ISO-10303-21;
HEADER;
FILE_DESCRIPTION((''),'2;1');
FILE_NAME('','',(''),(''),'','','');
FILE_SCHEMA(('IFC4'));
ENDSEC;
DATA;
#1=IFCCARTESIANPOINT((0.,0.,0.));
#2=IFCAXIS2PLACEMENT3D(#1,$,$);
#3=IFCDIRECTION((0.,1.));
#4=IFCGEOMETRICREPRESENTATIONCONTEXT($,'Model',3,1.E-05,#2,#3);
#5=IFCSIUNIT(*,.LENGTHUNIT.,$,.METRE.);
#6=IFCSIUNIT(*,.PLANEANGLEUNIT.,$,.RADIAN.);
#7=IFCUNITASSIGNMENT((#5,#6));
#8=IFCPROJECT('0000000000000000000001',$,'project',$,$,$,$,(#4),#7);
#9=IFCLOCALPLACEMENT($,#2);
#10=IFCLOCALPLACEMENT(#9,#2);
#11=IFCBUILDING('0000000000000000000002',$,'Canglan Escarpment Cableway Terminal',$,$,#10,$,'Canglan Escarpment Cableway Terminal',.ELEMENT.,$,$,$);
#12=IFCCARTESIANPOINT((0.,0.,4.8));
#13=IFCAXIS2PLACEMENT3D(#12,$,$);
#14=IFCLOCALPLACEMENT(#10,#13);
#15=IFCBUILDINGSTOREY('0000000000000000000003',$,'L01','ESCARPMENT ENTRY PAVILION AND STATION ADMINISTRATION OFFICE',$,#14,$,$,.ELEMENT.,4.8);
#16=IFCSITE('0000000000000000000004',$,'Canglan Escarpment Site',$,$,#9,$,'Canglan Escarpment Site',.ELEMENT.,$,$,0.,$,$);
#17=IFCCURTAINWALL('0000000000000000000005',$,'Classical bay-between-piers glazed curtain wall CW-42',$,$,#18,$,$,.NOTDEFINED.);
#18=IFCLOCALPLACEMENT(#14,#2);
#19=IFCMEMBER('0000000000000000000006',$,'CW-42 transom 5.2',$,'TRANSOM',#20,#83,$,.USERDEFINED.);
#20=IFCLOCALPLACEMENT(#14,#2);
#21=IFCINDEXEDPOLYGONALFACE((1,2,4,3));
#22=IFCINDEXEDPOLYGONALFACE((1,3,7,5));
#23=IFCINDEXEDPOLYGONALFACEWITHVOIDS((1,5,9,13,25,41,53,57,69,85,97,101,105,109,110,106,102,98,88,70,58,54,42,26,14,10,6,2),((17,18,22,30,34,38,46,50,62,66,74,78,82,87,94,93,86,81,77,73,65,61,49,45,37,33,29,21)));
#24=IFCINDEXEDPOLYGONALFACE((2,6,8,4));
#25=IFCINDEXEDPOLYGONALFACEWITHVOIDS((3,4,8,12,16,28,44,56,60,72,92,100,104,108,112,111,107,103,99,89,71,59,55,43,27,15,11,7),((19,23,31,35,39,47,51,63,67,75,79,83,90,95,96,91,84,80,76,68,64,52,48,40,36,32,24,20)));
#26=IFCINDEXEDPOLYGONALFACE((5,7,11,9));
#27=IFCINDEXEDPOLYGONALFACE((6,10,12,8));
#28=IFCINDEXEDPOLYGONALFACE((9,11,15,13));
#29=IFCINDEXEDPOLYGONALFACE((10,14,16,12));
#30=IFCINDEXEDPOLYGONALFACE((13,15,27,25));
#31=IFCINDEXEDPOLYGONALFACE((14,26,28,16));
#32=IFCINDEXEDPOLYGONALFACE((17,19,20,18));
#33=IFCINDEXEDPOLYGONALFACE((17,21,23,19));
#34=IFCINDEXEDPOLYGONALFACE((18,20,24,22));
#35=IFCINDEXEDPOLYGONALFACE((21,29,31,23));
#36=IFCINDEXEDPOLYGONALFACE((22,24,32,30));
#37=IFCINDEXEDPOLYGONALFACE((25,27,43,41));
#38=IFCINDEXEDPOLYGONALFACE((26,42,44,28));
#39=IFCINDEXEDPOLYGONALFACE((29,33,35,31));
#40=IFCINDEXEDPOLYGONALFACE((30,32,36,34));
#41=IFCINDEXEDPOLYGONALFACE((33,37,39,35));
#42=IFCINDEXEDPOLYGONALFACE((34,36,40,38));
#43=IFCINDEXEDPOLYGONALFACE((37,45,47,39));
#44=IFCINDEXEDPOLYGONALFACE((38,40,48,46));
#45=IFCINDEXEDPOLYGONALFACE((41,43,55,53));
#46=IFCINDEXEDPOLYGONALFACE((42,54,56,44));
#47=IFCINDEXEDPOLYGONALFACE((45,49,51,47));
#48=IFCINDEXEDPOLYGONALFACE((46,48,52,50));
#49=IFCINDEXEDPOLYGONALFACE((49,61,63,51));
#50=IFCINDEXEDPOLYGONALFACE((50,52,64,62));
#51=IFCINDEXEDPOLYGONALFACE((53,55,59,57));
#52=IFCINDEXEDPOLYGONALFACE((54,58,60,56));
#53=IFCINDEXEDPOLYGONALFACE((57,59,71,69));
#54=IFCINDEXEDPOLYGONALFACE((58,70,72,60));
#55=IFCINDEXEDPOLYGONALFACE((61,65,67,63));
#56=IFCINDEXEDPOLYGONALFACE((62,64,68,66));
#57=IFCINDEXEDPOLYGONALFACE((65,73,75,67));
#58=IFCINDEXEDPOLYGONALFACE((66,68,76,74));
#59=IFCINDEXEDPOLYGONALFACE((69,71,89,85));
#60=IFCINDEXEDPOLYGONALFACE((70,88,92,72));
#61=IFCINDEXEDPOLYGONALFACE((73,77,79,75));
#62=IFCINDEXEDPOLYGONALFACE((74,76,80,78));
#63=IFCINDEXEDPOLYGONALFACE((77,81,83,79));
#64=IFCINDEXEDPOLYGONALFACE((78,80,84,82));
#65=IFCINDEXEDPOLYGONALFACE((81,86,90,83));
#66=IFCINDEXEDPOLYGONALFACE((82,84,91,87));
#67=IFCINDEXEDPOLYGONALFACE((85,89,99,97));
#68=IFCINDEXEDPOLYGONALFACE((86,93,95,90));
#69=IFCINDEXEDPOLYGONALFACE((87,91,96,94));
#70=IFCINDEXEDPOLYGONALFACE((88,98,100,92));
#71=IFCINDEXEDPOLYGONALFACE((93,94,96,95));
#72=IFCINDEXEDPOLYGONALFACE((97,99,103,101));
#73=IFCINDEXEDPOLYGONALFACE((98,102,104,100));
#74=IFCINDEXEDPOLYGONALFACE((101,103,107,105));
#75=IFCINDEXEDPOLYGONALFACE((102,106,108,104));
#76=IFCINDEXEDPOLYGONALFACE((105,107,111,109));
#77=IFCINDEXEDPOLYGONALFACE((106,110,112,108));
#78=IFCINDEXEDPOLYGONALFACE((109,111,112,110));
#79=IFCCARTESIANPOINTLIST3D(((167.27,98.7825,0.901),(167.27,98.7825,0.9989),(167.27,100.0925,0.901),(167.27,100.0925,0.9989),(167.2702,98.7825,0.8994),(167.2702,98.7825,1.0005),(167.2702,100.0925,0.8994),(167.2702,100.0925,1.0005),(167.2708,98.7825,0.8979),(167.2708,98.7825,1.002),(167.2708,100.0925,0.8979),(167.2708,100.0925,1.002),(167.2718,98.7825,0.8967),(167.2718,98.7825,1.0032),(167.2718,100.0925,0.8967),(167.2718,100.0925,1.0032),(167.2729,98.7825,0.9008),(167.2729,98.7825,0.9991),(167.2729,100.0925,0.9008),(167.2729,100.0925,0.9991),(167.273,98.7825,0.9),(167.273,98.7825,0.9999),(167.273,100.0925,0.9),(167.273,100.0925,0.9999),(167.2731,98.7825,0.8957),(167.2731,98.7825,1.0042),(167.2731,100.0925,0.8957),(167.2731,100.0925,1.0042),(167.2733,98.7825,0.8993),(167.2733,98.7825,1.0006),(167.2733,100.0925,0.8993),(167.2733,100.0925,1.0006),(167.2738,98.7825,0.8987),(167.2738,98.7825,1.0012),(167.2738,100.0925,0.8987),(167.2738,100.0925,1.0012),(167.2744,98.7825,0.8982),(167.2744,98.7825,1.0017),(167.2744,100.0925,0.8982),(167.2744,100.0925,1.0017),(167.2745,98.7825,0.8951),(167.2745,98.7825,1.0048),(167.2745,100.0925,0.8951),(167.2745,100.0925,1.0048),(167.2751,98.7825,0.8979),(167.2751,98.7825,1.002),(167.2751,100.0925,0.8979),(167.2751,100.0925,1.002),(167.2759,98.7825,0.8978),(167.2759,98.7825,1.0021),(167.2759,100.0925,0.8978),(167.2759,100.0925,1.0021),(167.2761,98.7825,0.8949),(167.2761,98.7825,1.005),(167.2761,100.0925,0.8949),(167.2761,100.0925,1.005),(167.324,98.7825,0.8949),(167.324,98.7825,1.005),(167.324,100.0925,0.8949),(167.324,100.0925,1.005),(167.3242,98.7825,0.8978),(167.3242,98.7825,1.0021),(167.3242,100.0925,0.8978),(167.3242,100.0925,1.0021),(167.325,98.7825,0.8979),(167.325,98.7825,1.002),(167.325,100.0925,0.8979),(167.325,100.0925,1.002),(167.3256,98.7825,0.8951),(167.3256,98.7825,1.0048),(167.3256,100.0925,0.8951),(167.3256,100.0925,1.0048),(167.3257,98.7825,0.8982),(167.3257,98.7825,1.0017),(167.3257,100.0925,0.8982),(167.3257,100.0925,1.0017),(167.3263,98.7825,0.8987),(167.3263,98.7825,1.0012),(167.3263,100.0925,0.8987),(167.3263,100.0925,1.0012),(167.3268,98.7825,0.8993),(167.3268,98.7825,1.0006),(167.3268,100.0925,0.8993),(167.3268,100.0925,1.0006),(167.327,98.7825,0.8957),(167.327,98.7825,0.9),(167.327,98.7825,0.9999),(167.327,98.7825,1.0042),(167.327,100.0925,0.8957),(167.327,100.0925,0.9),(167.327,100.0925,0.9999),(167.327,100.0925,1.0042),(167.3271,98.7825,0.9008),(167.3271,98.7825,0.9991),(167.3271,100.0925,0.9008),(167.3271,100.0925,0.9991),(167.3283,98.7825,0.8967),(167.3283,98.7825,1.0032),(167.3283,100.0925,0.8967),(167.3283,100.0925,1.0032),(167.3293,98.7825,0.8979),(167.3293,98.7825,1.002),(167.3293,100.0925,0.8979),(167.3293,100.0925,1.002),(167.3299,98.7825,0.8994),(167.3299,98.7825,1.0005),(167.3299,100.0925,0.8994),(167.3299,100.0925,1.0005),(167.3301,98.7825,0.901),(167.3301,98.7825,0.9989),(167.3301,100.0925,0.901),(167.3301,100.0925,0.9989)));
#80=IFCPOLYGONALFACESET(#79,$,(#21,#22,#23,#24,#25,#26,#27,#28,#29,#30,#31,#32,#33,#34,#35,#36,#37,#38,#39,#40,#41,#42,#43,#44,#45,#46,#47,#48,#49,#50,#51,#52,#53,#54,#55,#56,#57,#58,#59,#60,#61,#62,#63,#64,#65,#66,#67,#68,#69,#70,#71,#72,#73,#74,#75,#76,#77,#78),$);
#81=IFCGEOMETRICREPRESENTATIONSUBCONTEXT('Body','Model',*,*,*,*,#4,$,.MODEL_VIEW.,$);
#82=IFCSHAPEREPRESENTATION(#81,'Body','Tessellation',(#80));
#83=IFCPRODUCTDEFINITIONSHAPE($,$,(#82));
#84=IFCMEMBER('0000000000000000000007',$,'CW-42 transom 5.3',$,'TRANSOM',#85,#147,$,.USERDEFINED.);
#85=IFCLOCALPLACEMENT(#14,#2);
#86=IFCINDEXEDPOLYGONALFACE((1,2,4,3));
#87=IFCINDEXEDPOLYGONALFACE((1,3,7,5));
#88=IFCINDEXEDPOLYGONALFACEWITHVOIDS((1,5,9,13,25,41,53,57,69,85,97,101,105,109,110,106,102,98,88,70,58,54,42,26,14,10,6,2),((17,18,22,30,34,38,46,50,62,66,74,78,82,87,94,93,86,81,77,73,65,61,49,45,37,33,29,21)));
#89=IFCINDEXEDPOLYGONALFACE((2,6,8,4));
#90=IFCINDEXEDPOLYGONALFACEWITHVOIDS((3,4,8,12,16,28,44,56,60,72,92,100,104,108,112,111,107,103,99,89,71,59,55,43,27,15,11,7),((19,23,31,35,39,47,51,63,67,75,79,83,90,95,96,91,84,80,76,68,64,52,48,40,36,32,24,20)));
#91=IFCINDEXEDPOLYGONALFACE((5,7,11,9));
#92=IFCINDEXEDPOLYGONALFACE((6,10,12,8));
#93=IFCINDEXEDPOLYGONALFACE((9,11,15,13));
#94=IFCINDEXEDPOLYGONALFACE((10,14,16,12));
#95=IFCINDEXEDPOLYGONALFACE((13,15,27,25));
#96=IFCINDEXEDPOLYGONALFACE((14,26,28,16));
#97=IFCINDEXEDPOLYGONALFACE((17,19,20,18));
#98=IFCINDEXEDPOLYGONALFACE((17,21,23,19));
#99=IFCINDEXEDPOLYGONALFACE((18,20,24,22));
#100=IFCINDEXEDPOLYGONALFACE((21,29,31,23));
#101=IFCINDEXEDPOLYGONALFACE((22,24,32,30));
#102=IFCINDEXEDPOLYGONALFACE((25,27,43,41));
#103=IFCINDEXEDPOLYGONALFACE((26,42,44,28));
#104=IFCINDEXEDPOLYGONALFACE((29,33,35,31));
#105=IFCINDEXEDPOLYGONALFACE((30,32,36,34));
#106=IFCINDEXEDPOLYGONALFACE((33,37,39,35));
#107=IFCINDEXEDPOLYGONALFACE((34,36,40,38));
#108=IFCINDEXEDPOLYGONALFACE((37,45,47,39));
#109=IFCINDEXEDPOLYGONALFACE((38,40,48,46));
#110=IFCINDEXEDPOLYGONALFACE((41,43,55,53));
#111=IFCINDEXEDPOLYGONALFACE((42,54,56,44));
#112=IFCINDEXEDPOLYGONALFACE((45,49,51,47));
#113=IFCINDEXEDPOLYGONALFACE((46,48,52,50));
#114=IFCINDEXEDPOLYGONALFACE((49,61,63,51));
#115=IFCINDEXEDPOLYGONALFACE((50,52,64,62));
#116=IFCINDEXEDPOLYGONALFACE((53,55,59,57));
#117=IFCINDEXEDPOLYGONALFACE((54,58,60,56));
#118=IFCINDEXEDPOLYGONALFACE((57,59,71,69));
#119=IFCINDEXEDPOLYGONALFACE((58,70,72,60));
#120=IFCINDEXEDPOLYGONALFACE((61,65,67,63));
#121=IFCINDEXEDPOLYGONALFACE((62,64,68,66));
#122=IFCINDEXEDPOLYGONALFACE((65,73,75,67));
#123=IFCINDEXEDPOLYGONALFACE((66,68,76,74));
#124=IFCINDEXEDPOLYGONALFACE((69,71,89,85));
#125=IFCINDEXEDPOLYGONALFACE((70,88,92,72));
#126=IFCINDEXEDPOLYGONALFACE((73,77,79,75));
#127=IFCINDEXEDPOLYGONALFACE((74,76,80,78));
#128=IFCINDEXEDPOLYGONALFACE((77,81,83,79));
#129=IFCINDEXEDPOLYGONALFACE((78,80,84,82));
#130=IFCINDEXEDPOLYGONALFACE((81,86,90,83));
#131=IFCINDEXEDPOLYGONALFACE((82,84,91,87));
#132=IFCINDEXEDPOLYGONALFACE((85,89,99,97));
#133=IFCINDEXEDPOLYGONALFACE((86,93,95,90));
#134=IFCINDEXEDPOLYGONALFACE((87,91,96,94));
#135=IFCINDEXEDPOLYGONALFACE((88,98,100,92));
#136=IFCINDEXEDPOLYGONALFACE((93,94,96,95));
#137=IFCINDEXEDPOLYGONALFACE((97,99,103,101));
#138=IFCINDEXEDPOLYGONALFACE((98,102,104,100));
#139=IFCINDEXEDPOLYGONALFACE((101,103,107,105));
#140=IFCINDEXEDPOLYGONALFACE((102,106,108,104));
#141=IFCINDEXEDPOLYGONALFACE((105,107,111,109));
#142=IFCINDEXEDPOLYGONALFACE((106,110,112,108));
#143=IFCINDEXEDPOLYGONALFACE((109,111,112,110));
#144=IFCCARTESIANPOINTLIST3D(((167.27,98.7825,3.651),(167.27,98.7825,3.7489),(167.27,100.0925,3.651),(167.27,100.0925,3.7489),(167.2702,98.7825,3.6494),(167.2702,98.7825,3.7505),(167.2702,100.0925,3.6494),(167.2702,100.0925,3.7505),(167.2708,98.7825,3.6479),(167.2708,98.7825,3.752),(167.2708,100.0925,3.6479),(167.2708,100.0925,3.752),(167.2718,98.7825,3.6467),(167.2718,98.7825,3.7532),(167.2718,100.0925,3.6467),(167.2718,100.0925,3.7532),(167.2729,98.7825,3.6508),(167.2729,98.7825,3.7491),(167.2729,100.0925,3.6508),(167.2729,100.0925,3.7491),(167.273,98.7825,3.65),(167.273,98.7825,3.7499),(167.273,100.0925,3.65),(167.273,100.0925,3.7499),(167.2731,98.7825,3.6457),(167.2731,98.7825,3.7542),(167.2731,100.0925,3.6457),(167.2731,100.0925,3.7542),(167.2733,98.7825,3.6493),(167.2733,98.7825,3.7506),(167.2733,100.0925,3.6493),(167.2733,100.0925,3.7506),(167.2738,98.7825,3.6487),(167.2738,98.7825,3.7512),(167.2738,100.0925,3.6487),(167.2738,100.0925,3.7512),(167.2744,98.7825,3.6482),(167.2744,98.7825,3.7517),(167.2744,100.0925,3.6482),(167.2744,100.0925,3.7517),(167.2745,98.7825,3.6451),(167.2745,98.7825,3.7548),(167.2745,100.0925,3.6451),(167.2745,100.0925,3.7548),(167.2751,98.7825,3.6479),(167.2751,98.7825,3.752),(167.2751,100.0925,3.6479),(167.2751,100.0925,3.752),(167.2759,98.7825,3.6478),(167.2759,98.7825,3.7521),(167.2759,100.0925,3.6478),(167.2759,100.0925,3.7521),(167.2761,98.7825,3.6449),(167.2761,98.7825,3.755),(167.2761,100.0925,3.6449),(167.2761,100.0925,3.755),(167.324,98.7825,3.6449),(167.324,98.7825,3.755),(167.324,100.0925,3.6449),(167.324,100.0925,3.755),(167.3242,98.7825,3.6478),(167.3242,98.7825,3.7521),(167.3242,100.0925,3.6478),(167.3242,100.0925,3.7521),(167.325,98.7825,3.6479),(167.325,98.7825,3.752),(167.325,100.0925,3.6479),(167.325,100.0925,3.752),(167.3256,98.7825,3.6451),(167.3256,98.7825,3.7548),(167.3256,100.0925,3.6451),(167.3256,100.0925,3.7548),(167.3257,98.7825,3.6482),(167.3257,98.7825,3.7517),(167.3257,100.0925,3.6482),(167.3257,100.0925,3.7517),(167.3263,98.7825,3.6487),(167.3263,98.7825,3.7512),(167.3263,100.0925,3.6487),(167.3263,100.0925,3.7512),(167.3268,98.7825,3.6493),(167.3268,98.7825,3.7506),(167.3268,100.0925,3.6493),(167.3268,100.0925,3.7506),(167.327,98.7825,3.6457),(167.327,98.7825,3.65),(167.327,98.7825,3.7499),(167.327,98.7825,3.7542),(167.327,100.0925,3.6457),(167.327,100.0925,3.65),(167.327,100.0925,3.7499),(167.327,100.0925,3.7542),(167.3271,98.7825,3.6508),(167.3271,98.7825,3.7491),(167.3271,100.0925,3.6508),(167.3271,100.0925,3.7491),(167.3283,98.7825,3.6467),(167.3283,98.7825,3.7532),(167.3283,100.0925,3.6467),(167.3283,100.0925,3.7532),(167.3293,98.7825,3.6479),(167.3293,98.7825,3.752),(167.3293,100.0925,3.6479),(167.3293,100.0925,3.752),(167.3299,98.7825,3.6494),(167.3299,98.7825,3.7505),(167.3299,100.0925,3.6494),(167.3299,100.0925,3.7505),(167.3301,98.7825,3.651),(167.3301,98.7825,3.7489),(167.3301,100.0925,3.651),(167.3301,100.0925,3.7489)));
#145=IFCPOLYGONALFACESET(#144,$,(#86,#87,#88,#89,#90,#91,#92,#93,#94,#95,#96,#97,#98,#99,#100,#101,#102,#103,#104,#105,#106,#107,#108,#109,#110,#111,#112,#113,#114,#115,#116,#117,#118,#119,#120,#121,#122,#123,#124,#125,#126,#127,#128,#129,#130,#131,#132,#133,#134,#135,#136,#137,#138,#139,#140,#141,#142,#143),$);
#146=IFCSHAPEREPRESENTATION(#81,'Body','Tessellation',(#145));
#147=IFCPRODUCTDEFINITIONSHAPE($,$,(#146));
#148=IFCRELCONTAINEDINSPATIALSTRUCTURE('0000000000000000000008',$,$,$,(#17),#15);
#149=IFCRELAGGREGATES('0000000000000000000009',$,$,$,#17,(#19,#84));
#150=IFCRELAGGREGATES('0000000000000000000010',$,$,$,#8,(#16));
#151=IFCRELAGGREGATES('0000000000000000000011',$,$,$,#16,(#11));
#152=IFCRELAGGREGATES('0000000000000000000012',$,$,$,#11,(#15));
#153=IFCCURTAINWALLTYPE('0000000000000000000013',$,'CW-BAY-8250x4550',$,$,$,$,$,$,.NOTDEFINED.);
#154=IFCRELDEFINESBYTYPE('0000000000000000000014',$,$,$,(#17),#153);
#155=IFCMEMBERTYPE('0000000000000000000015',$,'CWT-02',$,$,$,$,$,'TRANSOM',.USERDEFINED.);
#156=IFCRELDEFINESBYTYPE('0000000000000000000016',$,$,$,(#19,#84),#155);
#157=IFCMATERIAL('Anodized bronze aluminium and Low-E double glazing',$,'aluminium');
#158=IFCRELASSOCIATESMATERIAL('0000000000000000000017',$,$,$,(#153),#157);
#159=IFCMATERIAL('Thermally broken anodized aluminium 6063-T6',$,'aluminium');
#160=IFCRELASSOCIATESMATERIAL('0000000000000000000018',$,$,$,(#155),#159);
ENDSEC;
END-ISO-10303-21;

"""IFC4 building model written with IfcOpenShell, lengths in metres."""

from ifc_helpers import new_model, si_unit, direction, frame, origin, origin_2d, place, context, subcontext, project, spatial, hollow_rectangle, extrude, material, material_profile, profile_set, type_object, element, aggregate, save


model = new_model("IFC4")

# Units and contexts
model_context = context("Model", 3, precision=1e-05, world=origin(), true_north=direction((0.0, 1.0)))
body_context = subcontext(model_context, "Body", "Model", "MODEL_VIEW")
ifc_project = project(units=[si_unit("LENGTHUNIT", "METRE"), si_unit("PLANEANGLEUNIT", "RADIAN")], contexts=[model_context])

# Site, building, storey
site_placement = place(None, origin())
site = spatial("IfcSite", under=ifc_project, at=site_placement, Name="Canglan Escarpment Site", LongName="Canglan Escarpment Site", CompositionType="ELEMENT", RefElevation=0.0)
building_placement = place(site_placement, origin())
building = spatial("IfcBuilding", under=site, at=building_placement, Name="Canglan Escarpment Cableway Terminal", LongName="Canglan Escarpment Cableway Terminal", CompositionType="ELEMENT")
storey_placement = place(building_placement, frame((0.0, 0.0, 4.8)))
storey = spatial("IfcBuildingStorey", under=building, at=storey_placement, Name="L01", Description="ESCARPMENT ENTRY PAVILION AND STATION ADMINISTRATION OFFICE", CompositionType="ELEMENT", Elevation=4.8)

# Curtain wall, members
ifc_material_1 = material(Name="Anodized bronze aluminium and Low-E double glazing", Category="aluminium")
curtain_wall_type = type_object("IfcCurtainWallType", Name="CW-BAY-8250x4550", PredefinedType="NOTDEFINED", material=ifc_material_1)
curtain_wall_placement = place(storey_placement, origin())
curtain_wall = element("IfcCurtainWall", 1, at=curtain_wall_placement, inside=storey, type_object=curtain_wall_type, Name="Classical bay-between-piers glazed curtain wall CW-42", PredefinedType="NOTDEFINED")
ifc_material_2 = material(Name="Thermally broken anodized aluminium 6063-T6", Category="aluminium")
ifc_material_profile_1 = material_profile(ifc_material_2, hollow_rectangle(XDim=0.0601, YDim=0.1101, WallThickness=0.0029, InnerFilletRadius=0.0029, OuterFilletRadius=0.0061, at=origin_2d()), Name="ALU-TRAN 60x110x3")
ifc_profile_set_1 = profile_set([ifc_material_profile_1], Name="Thermally broken anodized aluminium 6063-T6")
member_type_1 = type_object("IfcMemberType", Name="CWT-02", ElementType="TRANSOM", PredefinedType="USERDEFINED", material=ifc_profile_set_1)
member_1_placement = place(storey_placement, frame((167.3, 100.0925, 0.95), z_axis=(0.0, -1.0, 0.0), x_axis=(1.0, 0.0, 0.0)))
member_1 = element("IfcMember", 2, at=member_1_placement, type_object=member_type_1, Name="CW-42 transom 5.2", ObjectType="TRANSOM", PredefinedType="USERDEFINED", context=body_context, shape_type="SweptSolid", body=[
    extrude(hollow_rectangle(XDim=0.0601, YDim=0.1101, WallThickness=0.0029, InnerFilletRadius=0.0029, OuterFilletRadius=0.0061, at=origin_2d()), origin(), (0.0, 0.0, 1.0), 1.3101),
])
member_2_placement = place(storey_placement, frame((167.3, 100.0925, 3.7), z_axis=(0.0, -1.0, 0.0), x_axis=(1.0, 0.0, 0.0)))
member_2 = element("IfcMember", 3, at=member_2_placement, type_object=member_type_1, Name="CW-42 transom 5.3", ObjectType="TRANSOM", PredefinedType="USERDEFINED", context=body_context, shape_type="SweptSolid", body=[
    extrude(hollow_rectangle(XDim=0.0601, YDim=0.1101, WallThickness=0.0029, InnerFilletRadius=0.0029, OuterFilletRadius=0.0061, at=origin_2d()), origin(), (0.0, 0.0, 1.0), 1.3101),
])
aggregate(curtain_wall, [member_1, member_2])

save(model, "model.ifc")
